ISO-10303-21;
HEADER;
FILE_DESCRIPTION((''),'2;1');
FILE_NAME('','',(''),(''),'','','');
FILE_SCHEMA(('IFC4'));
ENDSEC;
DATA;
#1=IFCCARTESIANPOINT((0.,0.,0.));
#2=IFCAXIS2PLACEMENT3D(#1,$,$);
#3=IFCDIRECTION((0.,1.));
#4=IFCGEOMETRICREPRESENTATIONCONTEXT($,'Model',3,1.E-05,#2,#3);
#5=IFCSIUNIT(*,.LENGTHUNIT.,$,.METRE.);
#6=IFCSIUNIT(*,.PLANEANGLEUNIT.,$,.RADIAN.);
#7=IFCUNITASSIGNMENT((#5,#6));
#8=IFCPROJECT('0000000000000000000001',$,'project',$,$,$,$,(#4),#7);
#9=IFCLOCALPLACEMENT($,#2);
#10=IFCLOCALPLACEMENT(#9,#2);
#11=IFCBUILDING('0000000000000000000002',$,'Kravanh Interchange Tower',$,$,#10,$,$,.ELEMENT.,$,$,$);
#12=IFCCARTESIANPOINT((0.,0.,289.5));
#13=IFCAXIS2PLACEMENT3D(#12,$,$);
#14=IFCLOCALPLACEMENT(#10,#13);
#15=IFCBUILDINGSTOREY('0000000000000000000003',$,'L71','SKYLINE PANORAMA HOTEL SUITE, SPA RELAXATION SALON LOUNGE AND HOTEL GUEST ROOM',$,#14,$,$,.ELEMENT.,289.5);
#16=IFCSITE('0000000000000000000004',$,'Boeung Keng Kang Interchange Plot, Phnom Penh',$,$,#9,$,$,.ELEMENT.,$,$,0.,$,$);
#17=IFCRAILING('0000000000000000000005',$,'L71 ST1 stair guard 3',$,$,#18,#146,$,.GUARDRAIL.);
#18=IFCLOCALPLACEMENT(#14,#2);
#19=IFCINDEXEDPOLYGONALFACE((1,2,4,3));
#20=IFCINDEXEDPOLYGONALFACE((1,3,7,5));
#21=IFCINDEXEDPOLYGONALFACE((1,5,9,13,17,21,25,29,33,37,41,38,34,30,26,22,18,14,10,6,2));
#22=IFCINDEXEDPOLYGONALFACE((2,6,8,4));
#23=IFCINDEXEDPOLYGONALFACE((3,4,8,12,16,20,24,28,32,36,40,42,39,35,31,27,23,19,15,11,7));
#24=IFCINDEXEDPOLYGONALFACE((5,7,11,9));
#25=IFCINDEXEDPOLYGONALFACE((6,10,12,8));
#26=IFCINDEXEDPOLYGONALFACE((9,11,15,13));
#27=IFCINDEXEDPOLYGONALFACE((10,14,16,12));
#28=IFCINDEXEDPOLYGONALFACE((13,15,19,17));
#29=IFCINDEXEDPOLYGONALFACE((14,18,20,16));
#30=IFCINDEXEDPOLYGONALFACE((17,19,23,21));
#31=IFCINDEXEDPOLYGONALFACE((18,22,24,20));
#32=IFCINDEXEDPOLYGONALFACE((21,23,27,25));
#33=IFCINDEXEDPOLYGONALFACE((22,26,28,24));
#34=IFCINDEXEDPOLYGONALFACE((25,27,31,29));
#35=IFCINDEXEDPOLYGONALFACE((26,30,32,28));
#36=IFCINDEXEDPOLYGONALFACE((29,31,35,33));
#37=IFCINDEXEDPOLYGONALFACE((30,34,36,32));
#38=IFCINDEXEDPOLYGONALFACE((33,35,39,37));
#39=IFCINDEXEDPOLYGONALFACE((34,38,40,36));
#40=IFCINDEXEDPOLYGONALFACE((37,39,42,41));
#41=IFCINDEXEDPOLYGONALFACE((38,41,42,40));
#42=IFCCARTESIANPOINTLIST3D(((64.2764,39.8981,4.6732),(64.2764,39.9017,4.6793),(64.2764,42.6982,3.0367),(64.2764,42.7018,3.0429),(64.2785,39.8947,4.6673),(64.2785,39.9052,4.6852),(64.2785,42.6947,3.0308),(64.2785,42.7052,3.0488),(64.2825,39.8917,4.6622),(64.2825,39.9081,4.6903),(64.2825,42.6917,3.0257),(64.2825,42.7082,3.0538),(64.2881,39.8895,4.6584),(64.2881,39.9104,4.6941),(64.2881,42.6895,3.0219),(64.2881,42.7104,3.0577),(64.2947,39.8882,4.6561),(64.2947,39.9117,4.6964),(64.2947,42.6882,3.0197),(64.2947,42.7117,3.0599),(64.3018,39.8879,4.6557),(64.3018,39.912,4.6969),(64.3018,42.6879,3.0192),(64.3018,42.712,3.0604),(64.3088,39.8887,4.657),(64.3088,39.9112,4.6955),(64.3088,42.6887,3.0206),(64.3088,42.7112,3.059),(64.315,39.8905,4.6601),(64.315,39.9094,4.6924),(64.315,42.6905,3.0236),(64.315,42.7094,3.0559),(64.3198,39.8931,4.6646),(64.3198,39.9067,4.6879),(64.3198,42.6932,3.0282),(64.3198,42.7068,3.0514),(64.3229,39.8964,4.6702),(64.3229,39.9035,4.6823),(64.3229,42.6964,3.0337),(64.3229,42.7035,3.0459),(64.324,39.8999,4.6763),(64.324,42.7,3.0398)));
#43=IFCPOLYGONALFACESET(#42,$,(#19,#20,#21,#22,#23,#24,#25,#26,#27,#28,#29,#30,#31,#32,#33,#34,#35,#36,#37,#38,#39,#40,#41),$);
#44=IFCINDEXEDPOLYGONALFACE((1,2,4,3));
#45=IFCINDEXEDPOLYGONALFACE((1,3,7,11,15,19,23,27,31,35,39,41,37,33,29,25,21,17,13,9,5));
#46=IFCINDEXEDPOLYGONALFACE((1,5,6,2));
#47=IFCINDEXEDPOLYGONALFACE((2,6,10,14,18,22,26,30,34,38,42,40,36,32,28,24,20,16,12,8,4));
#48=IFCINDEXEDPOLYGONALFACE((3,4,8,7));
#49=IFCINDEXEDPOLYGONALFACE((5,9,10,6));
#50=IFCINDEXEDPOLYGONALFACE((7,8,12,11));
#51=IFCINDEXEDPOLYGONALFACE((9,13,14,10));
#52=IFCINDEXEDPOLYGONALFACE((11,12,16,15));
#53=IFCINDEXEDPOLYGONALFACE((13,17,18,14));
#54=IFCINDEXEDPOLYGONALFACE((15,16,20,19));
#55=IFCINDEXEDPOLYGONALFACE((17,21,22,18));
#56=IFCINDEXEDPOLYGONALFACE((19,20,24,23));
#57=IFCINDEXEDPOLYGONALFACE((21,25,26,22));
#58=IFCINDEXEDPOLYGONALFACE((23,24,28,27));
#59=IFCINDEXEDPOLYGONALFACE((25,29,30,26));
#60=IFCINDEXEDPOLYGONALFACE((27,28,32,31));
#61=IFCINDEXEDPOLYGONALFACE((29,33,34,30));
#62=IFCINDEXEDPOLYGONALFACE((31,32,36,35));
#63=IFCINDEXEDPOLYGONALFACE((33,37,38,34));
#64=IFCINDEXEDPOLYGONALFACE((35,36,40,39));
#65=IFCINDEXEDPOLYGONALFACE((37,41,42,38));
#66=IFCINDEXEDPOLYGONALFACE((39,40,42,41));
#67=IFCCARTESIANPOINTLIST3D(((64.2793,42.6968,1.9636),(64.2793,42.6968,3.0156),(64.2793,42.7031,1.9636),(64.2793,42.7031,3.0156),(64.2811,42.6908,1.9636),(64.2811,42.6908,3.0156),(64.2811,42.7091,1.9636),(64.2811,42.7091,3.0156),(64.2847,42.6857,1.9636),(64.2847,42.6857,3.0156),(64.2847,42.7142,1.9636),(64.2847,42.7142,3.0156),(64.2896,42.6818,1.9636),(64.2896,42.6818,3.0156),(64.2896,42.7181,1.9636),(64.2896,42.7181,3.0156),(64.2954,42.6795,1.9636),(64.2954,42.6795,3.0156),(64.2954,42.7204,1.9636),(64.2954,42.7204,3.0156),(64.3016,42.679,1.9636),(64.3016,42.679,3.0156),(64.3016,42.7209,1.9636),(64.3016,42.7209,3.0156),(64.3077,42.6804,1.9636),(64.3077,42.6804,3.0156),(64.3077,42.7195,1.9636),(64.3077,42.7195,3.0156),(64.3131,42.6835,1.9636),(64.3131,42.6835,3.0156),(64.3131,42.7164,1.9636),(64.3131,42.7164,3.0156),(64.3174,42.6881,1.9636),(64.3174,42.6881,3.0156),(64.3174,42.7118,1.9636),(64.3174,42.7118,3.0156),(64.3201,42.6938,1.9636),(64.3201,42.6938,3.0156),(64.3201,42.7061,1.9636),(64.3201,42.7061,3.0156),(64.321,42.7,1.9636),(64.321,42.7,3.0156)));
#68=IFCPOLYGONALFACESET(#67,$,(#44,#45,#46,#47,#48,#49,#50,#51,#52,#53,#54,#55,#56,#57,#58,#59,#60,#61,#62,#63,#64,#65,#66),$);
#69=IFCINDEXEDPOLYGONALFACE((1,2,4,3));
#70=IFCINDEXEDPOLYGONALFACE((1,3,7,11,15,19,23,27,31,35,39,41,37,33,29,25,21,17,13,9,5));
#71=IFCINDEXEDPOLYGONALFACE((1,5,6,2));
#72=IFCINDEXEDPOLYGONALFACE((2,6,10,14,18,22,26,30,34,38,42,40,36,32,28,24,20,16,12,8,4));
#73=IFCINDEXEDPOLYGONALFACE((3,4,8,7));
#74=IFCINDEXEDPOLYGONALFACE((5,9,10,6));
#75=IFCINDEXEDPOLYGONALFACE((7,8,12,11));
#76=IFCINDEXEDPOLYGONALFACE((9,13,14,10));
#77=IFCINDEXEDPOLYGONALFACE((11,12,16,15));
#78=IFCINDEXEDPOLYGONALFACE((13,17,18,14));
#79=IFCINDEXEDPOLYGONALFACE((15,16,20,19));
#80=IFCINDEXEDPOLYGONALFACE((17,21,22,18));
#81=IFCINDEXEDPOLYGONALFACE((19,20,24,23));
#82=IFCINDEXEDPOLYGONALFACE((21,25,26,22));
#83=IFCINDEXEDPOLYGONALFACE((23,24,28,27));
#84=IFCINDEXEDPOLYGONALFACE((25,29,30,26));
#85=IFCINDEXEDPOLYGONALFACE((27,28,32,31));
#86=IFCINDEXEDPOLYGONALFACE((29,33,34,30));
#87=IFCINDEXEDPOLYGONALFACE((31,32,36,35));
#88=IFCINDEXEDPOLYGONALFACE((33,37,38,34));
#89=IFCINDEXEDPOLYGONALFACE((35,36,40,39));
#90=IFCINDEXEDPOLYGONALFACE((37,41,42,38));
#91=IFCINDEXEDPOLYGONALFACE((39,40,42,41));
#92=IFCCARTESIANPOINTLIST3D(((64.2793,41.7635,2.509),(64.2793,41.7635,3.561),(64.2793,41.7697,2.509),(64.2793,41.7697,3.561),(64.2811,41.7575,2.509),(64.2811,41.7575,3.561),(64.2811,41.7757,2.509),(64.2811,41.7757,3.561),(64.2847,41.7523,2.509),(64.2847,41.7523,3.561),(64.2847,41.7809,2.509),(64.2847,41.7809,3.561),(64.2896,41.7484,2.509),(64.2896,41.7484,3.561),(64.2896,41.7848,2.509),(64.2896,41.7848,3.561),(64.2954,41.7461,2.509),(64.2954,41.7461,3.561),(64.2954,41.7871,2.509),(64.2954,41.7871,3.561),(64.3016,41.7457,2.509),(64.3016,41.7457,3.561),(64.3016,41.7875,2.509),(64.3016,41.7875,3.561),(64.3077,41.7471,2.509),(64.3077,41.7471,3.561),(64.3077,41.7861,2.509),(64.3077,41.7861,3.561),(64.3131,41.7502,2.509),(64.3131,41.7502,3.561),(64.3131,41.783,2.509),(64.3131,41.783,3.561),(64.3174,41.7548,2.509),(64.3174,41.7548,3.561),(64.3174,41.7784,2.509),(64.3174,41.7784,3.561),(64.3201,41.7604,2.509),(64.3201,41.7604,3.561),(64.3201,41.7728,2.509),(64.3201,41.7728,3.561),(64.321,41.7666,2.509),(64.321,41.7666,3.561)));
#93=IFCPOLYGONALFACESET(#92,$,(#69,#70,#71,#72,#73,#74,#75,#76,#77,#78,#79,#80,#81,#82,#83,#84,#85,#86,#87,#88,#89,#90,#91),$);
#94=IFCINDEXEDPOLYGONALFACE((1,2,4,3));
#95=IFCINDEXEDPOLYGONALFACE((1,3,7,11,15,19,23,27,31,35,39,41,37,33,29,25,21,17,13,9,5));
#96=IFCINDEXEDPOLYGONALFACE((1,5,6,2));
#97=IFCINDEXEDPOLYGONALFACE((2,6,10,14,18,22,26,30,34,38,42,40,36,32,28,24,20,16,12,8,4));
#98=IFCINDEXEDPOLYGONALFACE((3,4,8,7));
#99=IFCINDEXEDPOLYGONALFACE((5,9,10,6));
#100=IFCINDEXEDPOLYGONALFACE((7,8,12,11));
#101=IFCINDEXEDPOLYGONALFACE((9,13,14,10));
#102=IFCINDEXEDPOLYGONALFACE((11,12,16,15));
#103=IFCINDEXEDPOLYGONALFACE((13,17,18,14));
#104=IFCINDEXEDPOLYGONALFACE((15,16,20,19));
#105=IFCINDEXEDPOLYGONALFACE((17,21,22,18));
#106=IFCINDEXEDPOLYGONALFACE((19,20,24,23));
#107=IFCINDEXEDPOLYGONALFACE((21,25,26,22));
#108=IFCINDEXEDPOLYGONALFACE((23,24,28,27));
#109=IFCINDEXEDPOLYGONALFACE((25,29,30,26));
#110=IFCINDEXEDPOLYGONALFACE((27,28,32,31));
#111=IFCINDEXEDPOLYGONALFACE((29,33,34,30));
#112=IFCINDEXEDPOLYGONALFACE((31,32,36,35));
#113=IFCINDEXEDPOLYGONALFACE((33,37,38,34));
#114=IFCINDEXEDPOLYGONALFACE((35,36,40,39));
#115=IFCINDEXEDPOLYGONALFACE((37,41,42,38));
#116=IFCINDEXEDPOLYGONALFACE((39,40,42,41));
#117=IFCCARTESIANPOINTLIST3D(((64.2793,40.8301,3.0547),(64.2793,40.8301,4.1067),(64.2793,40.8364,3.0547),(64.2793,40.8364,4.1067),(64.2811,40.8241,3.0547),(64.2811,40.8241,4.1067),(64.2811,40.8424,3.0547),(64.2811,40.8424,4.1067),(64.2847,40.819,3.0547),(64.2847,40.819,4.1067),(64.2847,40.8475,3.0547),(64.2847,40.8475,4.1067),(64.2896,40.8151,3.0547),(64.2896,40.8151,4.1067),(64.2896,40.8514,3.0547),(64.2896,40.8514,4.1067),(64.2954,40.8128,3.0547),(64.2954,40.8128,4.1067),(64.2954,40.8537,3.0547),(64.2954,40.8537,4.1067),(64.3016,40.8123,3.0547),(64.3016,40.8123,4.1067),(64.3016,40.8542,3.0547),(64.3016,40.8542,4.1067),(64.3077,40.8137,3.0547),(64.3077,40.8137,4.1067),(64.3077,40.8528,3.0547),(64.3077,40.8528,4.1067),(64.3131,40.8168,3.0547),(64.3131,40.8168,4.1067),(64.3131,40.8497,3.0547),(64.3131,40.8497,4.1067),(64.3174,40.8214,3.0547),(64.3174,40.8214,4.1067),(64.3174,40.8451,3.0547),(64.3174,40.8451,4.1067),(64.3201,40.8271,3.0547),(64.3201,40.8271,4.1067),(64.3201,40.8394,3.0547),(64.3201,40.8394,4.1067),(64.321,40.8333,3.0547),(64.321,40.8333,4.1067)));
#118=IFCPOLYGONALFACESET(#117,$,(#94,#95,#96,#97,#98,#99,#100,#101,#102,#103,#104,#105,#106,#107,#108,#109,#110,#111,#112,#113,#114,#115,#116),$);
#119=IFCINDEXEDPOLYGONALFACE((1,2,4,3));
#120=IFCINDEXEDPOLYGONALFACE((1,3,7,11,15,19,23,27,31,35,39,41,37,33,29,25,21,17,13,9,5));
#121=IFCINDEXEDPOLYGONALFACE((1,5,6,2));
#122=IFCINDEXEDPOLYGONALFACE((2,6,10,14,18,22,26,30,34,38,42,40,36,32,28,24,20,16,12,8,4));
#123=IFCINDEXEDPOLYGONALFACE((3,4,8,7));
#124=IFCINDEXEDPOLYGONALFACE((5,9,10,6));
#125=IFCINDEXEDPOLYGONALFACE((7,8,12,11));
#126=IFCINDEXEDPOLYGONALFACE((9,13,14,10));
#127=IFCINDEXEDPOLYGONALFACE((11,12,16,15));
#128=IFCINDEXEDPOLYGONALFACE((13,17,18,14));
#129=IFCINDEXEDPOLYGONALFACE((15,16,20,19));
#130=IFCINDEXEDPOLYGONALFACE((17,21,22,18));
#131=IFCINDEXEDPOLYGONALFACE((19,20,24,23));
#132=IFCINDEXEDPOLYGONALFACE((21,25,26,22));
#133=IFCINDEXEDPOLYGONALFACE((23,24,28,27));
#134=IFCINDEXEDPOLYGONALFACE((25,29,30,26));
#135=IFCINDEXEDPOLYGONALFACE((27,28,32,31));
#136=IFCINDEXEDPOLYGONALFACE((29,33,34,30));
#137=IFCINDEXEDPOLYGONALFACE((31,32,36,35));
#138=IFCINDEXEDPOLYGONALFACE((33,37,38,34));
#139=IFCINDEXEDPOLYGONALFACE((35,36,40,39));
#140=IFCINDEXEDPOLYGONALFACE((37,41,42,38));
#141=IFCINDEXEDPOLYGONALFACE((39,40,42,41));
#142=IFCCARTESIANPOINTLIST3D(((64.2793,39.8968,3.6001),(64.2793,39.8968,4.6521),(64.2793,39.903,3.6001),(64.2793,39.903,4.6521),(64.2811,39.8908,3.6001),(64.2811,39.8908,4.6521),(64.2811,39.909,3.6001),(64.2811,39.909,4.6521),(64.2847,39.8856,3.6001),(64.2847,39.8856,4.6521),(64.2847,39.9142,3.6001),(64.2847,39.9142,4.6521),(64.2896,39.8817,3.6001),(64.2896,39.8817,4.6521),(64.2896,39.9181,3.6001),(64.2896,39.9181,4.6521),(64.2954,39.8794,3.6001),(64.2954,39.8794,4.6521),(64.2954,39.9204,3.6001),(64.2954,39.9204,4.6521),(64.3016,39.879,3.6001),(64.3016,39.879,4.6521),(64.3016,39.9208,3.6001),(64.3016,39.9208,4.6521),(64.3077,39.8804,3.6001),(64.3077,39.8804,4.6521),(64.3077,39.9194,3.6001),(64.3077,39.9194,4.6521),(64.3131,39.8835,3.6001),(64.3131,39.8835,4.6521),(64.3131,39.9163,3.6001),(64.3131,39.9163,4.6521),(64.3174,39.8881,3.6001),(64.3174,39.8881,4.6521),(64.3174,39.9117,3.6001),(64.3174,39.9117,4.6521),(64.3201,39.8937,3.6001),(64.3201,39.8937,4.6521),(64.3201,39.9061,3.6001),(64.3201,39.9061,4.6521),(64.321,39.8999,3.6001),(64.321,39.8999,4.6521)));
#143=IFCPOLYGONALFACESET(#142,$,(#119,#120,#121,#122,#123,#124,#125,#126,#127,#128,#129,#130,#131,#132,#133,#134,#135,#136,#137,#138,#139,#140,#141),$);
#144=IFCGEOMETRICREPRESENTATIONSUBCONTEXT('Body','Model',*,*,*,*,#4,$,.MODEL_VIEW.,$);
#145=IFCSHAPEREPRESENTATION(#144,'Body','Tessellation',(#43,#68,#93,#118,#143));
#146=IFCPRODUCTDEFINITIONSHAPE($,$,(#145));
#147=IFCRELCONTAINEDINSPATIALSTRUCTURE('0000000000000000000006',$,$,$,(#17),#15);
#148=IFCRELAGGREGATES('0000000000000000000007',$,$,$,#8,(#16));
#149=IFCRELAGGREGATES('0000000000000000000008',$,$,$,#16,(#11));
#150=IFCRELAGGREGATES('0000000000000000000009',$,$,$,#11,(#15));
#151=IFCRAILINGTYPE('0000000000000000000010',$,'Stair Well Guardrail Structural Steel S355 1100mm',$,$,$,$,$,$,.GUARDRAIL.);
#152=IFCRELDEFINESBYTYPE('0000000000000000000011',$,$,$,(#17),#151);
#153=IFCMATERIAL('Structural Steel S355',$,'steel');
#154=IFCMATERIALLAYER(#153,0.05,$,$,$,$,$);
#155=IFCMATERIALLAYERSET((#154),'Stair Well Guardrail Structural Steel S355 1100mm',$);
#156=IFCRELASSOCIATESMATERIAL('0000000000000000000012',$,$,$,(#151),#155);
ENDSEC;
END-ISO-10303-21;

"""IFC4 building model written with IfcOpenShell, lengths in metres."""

from ifc_helpers import new_model, si_unit, direction, frame, origin, origin_2d, place, context, subcontext, project, spatial, circle, extrude, material, layer, layer_set, type_object, element, save


model = new_model("IFC4")

# Units and contexts
model_context = context("Model", 3, precision=1e-05, world=origin(), true_north=direction((0.0, 1.0)))
body_context = subcontext(model_context, "Body", "Model", "MODEL_VIEW")
ifc_project = project(units=[si_unit("LENGTHUNIT", "METRE"), si_unit("PLANEANGLEUNIT", "RADIAN")], contexts=[model_context])

# Site, building, storey
site_placement = place(None, origin())
site = spatial("IfcSite", under=ifc_project, at=site_placement, Name="Boeung Keng Kang Interchange Plot, Phnom Penh", CompositionType="ELEMENT", RefElevation=0.0)
building_placement = place(site_placement, origin())
building = spatial("IfcBuilding", under=site, at=building_placement, Name="Kravanh Interchange Tower", CompositionType="ELEMENT")
storey_placement = place(building_placement, frame((0.0, 0.0, 289.5)))
storey = spatial("IfcBuildingStorey", under=building, at=storey_placement, Name="L71", Description="SKYLINE PANORAMA HOTEL SUITE, SPA RELAXATION SALON LOUNGE AND HOTEL GUEST ROOM", CompositionType="ELEMENT", Elevation=289.5)

# Railing
ifc_material_1 = material(Name="Structural Steel S355", Category="steel")
ifc_layer_1 = layer(ifc_material_1, 0.05)
ifc_layer_set_1 = layer_set([ifc_layer_1], Name="Stair Well Guardrail Structural Steel S355 1100mm")
railing_type_1 = type_object("IfcRailingType", Name="Stair Well Guardrail Structural Steel S355 1100mm", PredefinedType="GUARDRAIL", material=ifc_layer_set_1)
railing_1_placement = place(storey_placement, frame((64.3, 42.7, 1.9636)))
element("IfcRailing", 1, at=railing_1_placement, inside=storey, type_object=railing_type_1, Name="L71 ST1 stair guard 3", PredefinedType="GUARDRAIL", context=body_context, shape_type="SweptSolid", body=[
    extrude(circle(Radius=0.0239, at=origin_2d()), frame((0.0, 0.0, 1.0762), z_axis=(0.0, -0.863361, 0.504587), x_axis=(1.0, 0.0, 0.0)), (0.0, 0.0, 1.0), 3.2432),
    extrude(circle(Radius=0.021, at=origin_2d()), origin(), (0.0, 0.0, 1.0), 1.052),
    extrude(circle(Radius=0.021, at=origin_2d()), frame((0.0, -0.9333, 0.5454)), (0.0, 0.0, 1.0), 1.052),
    extrude(circle(Radius=0.021, at=origin_2d()), frame((0.0, -1.8667, 1.0911)), (0.0, 0.0, 1.0), 1.052),
    extrude(circle(Radius=0.021, at=origin_2d()), frame((0.0, -2.8, 1.6365)), (0.0, 0.0, 1.0), 1.052),
])

save(model, "model.ifc")
